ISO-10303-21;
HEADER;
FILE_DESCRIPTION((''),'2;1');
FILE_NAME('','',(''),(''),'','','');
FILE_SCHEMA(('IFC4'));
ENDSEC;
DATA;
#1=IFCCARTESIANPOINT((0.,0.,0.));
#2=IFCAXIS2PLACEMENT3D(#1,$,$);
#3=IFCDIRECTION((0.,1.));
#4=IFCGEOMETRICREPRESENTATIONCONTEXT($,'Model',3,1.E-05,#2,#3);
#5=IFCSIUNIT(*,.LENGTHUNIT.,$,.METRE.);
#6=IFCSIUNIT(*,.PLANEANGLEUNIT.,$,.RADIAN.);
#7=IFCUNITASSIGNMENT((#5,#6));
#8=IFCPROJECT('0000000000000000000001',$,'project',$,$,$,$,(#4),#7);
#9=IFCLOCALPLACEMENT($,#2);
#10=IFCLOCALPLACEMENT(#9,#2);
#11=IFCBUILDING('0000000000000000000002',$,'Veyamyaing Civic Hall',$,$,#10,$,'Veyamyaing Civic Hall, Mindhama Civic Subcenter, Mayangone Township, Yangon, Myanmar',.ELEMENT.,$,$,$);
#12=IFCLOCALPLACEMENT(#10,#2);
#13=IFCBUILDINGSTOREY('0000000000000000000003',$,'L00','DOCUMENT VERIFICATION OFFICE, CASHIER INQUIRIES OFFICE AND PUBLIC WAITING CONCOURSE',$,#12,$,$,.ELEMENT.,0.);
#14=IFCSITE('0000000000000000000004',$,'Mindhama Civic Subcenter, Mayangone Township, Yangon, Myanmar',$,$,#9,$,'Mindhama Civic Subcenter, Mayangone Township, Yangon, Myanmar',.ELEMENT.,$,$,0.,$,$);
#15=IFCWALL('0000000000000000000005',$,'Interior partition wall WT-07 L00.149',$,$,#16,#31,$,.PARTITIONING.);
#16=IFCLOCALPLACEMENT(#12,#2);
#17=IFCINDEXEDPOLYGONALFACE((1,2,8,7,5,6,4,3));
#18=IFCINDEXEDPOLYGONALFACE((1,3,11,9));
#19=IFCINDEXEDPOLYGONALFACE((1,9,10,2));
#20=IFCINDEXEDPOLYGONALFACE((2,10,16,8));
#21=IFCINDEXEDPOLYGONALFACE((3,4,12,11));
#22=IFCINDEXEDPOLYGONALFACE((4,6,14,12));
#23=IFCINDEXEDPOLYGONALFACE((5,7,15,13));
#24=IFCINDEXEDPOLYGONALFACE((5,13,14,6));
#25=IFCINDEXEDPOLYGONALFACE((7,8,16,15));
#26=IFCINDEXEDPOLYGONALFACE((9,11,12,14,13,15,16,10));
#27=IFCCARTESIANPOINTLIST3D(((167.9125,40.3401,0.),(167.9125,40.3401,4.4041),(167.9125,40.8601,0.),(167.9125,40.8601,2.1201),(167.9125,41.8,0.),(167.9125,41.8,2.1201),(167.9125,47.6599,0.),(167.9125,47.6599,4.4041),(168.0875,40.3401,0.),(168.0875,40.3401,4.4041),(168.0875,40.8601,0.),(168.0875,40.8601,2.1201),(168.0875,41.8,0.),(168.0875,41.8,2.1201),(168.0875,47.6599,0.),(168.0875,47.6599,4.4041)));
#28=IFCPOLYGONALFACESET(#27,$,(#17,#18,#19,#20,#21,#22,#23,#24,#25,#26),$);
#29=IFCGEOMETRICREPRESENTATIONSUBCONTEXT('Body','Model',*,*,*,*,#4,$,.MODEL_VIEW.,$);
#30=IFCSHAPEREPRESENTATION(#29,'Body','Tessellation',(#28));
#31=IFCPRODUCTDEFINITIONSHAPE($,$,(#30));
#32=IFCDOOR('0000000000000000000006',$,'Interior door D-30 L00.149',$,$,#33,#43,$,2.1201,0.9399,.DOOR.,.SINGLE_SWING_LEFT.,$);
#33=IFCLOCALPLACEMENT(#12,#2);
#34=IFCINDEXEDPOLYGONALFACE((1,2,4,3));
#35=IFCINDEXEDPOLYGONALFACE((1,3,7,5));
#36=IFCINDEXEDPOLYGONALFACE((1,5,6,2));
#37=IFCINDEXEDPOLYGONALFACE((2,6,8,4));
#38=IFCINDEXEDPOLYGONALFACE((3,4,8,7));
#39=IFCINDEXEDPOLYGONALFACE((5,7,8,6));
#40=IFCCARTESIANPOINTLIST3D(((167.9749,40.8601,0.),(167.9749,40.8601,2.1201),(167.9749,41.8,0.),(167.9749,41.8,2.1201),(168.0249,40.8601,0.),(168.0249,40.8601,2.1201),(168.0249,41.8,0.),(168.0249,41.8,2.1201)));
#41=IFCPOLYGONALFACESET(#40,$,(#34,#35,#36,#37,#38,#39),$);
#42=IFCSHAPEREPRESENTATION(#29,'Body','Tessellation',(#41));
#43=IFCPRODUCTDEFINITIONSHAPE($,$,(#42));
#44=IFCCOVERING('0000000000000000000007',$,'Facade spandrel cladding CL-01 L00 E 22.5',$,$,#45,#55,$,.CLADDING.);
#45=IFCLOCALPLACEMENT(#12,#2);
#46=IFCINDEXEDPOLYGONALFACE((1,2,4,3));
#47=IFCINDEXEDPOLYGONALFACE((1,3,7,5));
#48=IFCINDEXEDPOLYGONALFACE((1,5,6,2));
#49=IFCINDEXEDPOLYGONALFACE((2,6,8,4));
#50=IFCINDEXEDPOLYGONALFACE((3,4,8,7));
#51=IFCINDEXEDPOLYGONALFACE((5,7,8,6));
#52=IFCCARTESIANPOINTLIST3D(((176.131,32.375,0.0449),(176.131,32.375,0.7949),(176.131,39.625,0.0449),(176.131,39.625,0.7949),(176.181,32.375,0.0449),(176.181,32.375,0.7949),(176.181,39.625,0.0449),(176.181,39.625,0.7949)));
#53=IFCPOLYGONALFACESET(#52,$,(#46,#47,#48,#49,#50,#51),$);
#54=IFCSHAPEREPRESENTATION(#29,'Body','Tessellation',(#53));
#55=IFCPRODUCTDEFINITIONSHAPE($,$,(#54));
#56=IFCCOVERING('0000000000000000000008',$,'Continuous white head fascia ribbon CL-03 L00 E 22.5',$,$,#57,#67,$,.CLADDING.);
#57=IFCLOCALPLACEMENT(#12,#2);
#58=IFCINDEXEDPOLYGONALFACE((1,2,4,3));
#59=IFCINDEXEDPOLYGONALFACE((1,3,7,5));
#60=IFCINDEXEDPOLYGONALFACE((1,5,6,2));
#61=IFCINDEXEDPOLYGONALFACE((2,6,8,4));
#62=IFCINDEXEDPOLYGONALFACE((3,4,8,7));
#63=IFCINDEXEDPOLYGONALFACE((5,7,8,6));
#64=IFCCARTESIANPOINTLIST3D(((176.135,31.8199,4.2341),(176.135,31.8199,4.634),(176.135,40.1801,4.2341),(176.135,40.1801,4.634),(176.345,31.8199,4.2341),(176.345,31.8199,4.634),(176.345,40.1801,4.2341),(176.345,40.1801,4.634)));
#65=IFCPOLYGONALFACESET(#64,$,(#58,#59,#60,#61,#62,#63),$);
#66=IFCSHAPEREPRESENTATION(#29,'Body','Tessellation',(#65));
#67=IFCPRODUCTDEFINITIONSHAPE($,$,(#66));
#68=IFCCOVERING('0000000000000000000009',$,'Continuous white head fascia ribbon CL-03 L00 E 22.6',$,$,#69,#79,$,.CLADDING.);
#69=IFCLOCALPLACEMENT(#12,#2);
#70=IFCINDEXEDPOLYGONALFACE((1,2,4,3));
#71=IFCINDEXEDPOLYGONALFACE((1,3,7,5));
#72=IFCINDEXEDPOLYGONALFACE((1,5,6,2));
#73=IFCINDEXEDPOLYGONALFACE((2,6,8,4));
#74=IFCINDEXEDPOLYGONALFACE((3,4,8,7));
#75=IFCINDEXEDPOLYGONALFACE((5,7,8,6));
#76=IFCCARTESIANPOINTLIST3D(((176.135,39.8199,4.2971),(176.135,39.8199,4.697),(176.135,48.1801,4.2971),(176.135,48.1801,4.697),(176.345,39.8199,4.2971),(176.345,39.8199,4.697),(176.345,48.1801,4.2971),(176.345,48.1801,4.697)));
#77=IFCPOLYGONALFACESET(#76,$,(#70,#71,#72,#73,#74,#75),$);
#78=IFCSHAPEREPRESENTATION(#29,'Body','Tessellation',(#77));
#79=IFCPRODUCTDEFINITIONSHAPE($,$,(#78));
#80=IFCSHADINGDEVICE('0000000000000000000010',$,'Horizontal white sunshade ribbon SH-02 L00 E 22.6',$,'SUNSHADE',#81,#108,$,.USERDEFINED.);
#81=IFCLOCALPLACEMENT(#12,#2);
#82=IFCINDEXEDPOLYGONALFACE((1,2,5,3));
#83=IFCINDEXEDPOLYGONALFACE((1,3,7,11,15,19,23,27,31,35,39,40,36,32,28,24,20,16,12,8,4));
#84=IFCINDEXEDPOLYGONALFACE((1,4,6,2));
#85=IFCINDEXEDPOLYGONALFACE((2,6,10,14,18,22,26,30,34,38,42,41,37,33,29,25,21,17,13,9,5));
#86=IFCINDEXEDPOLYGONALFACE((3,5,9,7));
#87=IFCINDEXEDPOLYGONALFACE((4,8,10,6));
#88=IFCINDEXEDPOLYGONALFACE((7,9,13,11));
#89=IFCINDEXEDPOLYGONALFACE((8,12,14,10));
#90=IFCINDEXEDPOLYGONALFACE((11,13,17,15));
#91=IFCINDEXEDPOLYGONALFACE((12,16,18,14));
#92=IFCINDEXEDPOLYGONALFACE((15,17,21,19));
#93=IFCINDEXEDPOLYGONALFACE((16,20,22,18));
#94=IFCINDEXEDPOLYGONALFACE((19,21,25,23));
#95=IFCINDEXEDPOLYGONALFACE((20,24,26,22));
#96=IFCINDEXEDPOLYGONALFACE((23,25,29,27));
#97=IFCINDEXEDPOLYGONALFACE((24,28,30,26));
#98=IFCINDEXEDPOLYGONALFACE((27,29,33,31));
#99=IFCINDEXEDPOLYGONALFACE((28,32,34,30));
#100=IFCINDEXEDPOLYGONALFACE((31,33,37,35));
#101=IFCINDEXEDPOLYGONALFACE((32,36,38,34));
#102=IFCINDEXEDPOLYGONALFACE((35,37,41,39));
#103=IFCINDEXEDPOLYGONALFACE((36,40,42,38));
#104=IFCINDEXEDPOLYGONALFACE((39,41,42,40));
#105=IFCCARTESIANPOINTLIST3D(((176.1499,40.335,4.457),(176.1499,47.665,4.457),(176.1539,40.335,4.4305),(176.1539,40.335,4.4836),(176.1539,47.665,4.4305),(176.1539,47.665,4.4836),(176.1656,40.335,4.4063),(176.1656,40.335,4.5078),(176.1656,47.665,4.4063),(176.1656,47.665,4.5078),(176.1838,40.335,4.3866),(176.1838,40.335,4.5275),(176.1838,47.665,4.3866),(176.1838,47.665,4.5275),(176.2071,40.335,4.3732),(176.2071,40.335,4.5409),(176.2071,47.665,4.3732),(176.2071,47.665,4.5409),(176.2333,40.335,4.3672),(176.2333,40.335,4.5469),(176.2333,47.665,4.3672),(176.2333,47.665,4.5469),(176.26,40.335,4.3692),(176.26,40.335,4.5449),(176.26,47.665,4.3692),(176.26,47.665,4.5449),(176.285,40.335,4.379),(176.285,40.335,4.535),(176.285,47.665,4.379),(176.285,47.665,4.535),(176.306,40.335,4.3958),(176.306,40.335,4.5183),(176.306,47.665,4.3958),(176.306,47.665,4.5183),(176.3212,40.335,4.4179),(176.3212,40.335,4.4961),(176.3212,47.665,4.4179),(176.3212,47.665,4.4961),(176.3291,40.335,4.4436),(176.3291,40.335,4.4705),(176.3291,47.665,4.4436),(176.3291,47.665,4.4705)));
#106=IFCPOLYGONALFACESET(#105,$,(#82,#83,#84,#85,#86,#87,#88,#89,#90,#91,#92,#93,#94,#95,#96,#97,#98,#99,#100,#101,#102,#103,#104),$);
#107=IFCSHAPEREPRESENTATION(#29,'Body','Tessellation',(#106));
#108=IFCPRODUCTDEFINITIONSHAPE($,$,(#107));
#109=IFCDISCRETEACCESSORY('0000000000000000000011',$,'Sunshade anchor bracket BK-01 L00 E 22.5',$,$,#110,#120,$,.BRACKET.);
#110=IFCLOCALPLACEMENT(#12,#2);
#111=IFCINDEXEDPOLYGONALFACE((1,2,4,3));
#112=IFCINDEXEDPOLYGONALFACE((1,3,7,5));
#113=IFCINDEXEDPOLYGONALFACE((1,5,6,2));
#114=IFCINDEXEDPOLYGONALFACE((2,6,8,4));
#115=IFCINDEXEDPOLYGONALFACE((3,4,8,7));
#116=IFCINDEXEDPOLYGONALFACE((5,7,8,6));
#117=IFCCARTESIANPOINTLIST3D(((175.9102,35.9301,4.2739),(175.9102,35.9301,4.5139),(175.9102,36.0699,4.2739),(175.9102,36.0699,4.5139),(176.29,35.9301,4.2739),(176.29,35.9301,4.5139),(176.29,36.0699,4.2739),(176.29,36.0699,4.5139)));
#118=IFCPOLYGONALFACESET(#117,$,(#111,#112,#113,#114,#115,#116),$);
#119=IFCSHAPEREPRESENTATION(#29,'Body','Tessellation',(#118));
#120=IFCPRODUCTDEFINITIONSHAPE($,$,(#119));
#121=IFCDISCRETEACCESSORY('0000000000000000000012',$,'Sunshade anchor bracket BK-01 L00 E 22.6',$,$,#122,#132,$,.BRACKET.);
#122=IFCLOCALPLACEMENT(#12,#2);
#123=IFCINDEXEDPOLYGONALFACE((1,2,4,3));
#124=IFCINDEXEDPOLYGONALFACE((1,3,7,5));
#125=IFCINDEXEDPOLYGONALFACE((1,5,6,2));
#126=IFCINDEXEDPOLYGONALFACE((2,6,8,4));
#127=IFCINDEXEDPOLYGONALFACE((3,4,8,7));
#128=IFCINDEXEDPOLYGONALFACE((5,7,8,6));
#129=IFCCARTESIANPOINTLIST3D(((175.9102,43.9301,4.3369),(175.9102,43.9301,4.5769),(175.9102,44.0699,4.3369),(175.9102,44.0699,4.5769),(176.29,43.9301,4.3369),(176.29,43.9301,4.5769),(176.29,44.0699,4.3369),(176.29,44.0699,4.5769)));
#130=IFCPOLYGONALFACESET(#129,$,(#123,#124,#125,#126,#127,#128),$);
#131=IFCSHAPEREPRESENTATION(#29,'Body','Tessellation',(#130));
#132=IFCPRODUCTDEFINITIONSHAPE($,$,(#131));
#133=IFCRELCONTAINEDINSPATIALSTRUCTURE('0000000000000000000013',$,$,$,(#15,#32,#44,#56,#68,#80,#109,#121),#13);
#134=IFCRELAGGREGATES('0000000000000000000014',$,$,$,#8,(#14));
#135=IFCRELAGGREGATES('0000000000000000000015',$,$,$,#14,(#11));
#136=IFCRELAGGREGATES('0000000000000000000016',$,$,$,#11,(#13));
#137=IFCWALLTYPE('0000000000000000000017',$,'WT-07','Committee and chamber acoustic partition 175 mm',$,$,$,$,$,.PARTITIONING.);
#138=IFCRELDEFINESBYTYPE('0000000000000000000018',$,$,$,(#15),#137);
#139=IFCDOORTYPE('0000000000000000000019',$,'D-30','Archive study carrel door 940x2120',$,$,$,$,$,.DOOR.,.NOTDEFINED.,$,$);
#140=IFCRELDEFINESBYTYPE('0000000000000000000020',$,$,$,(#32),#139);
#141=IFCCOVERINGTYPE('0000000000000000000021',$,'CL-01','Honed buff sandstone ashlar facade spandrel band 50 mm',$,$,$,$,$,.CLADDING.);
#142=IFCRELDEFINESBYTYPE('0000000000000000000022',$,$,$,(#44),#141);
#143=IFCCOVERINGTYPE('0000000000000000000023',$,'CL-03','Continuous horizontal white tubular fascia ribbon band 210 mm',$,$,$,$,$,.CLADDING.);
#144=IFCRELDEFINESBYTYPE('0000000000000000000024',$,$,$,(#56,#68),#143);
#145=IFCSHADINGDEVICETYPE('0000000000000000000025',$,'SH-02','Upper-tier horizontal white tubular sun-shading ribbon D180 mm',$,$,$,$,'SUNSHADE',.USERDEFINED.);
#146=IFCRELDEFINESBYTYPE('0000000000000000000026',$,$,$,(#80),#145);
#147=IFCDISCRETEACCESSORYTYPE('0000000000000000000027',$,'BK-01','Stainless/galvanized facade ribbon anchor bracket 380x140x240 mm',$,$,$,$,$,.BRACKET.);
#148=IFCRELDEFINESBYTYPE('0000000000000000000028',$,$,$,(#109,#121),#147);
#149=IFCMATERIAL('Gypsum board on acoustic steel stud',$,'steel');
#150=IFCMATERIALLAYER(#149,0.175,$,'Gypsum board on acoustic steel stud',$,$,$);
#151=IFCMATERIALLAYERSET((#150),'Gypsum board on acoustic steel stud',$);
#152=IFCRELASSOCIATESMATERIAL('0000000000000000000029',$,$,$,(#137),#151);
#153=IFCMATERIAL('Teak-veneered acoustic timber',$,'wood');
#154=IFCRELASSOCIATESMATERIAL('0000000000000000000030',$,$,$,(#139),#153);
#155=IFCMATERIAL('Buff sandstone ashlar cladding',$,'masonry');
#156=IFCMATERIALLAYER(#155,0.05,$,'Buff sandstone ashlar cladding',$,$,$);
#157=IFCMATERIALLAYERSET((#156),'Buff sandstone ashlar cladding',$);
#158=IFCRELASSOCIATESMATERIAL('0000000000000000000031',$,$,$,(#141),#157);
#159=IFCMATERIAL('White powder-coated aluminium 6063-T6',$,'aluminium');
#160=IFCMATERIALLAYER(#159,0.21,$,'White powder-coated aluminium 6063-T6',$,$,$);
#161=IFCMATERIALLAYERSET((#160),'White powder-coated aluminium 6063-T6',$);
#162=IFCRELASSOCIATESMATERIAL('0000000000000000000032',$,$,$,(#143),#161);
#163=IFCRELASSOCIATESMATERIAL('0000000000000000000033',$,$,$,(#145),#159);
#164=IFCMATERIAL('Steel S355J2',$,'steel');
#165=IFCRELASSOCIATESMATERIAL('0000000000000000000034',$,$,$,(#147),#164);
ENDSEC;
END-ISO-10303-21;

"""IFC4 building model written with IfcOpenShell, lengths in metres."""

from ifc_helpers import new_model, si_unit, direction, frame, frame_2d, origin, origin_2d, place, context, subcontext, project, spatial, rectangle, circle, extrude, material, layer, layer_set, material_profile, profile_set, type_object, element, fill, save


model = new_model("IFC4")

# Units and contexts
model_context = context("Model", 3, precision=1e-05, world=origin(), true_north=direction((0.0, 1.0)))
body_context = subcontext(model_context, "Body", "Model", "MODEL_VIEW")
ifc_project = project(units=[si_unit("LENGTHUNIT", "METRE"), si_unit("PLANEANGLEUNIT", "RADIAN")], contexts=[model_context])

# Site, building, storey
site_placement = place(None, origin())
site = spatial("IfcSite", under=ifc_project, at=site_placement, Name="Mindhama Civic Subcenter, Mayangone Township, Yangon, Myanmar", LongName="Mindhama Civic Subcenter, Mayangone Township, Yangon, Myanmar", CompositionType="ELEMENT", RefElevation=0.0)
building_placement = place(site_placement, origin())
building = spatial("IfcBuilding", under=site, at=building_placement, Name="Veyamyaing Civic Hall", LongName="Veyamyaing Civic Hall, Mindhama Civic Subcenter, Mayangone Township, Yangon, Myanmar", CompositionType="ELEMENT")
storey_placement = place(building_placement, origin())
storey = spatial("IfcBuildingStorey", under=building, at=storey_placement, Name="L00", Description="DOCUMENT VERIFICATION OFFICE, CASHIER INQUIRIES OFFICE AND PUBLIC WAITING CONCOURSE", CompositionType="ELEMENT", Elevation=0.0)

# Wall, opening, door
ifc_material_1 = material(Name="Gypsum board on acoustic steel stud", Category="steel")
ifc_layer_1 = layer(ifc_material_1, 0.175, Name="Gypsum board on acoustic steel stud")
ifc_layer_set_1 = layer_set([ifc_layer_1], Name="Gypsum board on acoustic steel stud")
wall_type = type_object("IfcWallType", Name="WT-07", Description="Committee and chamber acoustic partition 175 mm", PredefinedType="PARTITIONING", material=ifc_layer_set_1)
wall_placement = place(storey_placement, frame((168.0, 40.3401, 0.0), z_axis=(0.0, 0.0, 1.0), x_axis=(0.0, 1.0, 0.0)))
wall = element("IfcWall", 1, at=wall_placement, inside=storey, type_object=wall_type, Name="Interior partition wall WT-07 L00.149", PredefinedType="PARTITIONING", context=body_context, shape_type="SweptSolid", body=[
    extrude(rectangle(XDim=7.3198, YDim=0.175, at=frame_2d((3.6599, 0.0))), origin(), (0.0, 0.0, 1.0), 4.4041),
])
opening_placement = place(wall_placement, frame((0.52, 0.0, 0.0)))
opening = element("IfcOpeningElement", 2, at=opening_placement, cuts=wall, PredefinedType="OPENING", context=body_context, shape_type="SweptSolid", body=[
    extrude(rectangle(XDim=0.9399, YDim=2.1201, at=frame_2d((0.47, 1.0601))), frame((0.0, 0.0974, 0.0), z_axis=(0.0, -1.0, 0.0), x_axis=(1.0, 0.0, 0.0)), (0.0, 0.0, 1.0), 0.1951),
])
ifc_material_2 = material(Name="Teak-veneered acoustic timber", Category="wood")
door_type = type_object("IfcDoorType", Name="D-30", Description="Archive study carrel door 940x2120", OperationType="NOTDEFINED", PredefinedType="DOOR", material=ifc_material_2)
door_placement = place(opening_placement, frame((0.9399, 0.0, 0.0), z_axis=(0.0, 0.0, 1.0), x_axis=(-1.0, 0.0, 0.0)))
door = element("IfcDoor", 3, at=door_placement, inside=storey, type_object=door_type, Name="Interior door D-30 L00.149", OperationType="SINGLE_SWING_LEFT", OverallHeight=2.1201, OverallWidth=0.9399, PredefinedType="DOOR", context=body_context, shape_type="SweptSolid", body=[
    extrude(rectangle(XDim=0.9399, YDim=2.1201, at=frame_2d((0.47, 1.0601))), frame((0.0, 0.0249, 0.0), z_axis=(0.0, -1.0, 0.0), x_axis=(1.0, 0.0, 0.0)), (0.0, 0.0, 1.0), 0.05),
])
fill(opening, door)

# Coverings
ifc_material_3 = material(Name="Buff sandstone ashlar cladding", Category="masonry")
ifc_layer_2 = layer(ifc_material_3, 0.05, Name="Buff sandstone ashlar cladding")
ifc_layer_set_2 = layer_set([ifc_layer_2], Name="Buff sandstone ashlar cladding")
covering_type_1 = type_object("IfcCoveringType", Name="CL-01", Description="Honed buff sandstone ashlar facade spandrel band 50 mm", PredefinedType="CLADDING", material=ifc_layer_set_2)
covering_placement = place(storey_placement, frame((176.156, 36.0, 0.0449), z_axis=(0.0, 0.0, 1.0), x_axis=(0.0, 1.0, 0.0)))
element("IfcCovering", 4, at=covering_placement, inside=storey, type_object=covering_type_1, Name="Facade spandrel cladding CL-01 L00 E 22.5", PredefinedType="CLADDING", context=body_context, shape_type="SweptSolid", body=[
    extrude(rectangle(XDim=7.25, YDim=0.05, at=origin_2d()), origin(), (0.0, 0.0, 1.0), 0.75),
])
ifc_material_4 = material(Name="White powder-coated aluminium 6063-T6", Category="aluminium")
ifc_layer_3 = layer(ifc_material_4, 0.21, Name="White powder-coated aluminium 6063-T6")
ifc_layer_set_3 = layer_set([ifc_layer_3], Name="White powder-coated aluminium 6063-T6")
covering_type_2 = type_object("IfcCoveringType", Name="CL-03", Description="Continuous horizontal white tubular fascia ribbon band 210 mm", PredefinedType="CLADDING", material=ifc_layer_set_3)
for number, where, z_axis, x_axis, name in (
    (5, (176.24, 36.0, 4.2341), (0.0, 0.0, 1.0), (0.0, 1.0, 0.0), "Continuous white head fascia ribbon CL-03 L00 E 22.5"),
    (6, (176.24, 44.0, 4.2971), (0.0, 0.0, 1.0), (0.0, 1.0, 0.0), "Continuous white head fascia ribbon CL-03 L00 E 22.6"),
):
    element("IfcCovering", number, at=place(storey_placement, frame(where, z_axis=z_axis, x_axis=x_axis)), inside=storey, type_object=covering_type_2, Name=name, PredefinedType="CLADDING", context=body_context, shape_type="SweptSolid", body=[
        extrude(rectangle(XDim=8.3601, YDim=0.21, at=origin_2d()), origin(), (0.0, 0.0, 1.0), 0.3999),
    ])

# Shading device
ifc_material_profile_1 = material_profile(ifc_material_4, circle(Radius=0.0901, at=origin_2d()), Name="SHADE-TUBE-180")
ifc_profile_set_1 = profile_set([ifc_material_profile_1], Name="White powder-coated aluminium 6063-T6")
shading_device_type = type_object("IfcShadingDeviceType", Name="SH-02", Description="Upper-tier horizontal white tubular sun-shading ribbon D180 mm", ElementType="SUNSHADE", PredefinedType="USERDEFINED", material=ifc_profile_set_1)
shading_device_placement = place(storey_placement, frame((176.24, 40.335, 4.457), z_axis=(0.0, 1.0, 0.0), x_axis=(-1.0, 0.0, 0.0)))
element("IfcShadingDevice", 7, at=shading_device_placement, inside=storey, type_object=shading_device_type, Name="Horizontal white sunshade ribbon SH-02 L00 E 22.6", ObjectType="SUNSHADE", PredefinedType="USERDEFINED", context=body_context, shape_type="SweptSolid", body=[
    extrude(circle(Radius=0.0901, at=origin_2d()), origin(), (0.0, 0.0, 1.0), 7.3301),
])

# Discrete accessories
ifc_material_5 = material(Name="Steel S355J2", Category="steel")
discrete_accessory_type = type_object("IfcDiscreteAccessoryType", Name="BK-01", Description="Stainless/galvanized facade ribbon anchor bracket 380x140x240 mm", PredefinedType="BRACKET", material=ifc_material_5)
for number, where, z_axis, x_axis, name in (
    (8, (176.1001, 36.0, 4.2739), (0.0, 0.0, 1.0), (1.0, 0.0, 0.0), "Sunshade anchor bracket BK-01 L00 E 22.5"),
    (9, (176.1001, 44.0, 4.3369), (0.0, 0.0, 1.0), (1.0, 0.0, 0.0), "Sunshade anchor bracket BK-01 L00 E 22.6"),
):
    element("IfcDiscreteAccessory", number, at=place(storey_placement, frame(where, z_axis=z_axis, x_axis=x_axis)), inside=storey, type_object=discrete_accessory_type, Name=name, PredefinedType="BRACKET", context=body_context, shape_type="SweptSolid", body=[
        extrude(rectangle(XDim=0.3799, YDim=0.1399, at=origin_2d()), origin(), (0.0, 0.0, 1.0), 0.24),
    ])

save(model, "model.ifc")
